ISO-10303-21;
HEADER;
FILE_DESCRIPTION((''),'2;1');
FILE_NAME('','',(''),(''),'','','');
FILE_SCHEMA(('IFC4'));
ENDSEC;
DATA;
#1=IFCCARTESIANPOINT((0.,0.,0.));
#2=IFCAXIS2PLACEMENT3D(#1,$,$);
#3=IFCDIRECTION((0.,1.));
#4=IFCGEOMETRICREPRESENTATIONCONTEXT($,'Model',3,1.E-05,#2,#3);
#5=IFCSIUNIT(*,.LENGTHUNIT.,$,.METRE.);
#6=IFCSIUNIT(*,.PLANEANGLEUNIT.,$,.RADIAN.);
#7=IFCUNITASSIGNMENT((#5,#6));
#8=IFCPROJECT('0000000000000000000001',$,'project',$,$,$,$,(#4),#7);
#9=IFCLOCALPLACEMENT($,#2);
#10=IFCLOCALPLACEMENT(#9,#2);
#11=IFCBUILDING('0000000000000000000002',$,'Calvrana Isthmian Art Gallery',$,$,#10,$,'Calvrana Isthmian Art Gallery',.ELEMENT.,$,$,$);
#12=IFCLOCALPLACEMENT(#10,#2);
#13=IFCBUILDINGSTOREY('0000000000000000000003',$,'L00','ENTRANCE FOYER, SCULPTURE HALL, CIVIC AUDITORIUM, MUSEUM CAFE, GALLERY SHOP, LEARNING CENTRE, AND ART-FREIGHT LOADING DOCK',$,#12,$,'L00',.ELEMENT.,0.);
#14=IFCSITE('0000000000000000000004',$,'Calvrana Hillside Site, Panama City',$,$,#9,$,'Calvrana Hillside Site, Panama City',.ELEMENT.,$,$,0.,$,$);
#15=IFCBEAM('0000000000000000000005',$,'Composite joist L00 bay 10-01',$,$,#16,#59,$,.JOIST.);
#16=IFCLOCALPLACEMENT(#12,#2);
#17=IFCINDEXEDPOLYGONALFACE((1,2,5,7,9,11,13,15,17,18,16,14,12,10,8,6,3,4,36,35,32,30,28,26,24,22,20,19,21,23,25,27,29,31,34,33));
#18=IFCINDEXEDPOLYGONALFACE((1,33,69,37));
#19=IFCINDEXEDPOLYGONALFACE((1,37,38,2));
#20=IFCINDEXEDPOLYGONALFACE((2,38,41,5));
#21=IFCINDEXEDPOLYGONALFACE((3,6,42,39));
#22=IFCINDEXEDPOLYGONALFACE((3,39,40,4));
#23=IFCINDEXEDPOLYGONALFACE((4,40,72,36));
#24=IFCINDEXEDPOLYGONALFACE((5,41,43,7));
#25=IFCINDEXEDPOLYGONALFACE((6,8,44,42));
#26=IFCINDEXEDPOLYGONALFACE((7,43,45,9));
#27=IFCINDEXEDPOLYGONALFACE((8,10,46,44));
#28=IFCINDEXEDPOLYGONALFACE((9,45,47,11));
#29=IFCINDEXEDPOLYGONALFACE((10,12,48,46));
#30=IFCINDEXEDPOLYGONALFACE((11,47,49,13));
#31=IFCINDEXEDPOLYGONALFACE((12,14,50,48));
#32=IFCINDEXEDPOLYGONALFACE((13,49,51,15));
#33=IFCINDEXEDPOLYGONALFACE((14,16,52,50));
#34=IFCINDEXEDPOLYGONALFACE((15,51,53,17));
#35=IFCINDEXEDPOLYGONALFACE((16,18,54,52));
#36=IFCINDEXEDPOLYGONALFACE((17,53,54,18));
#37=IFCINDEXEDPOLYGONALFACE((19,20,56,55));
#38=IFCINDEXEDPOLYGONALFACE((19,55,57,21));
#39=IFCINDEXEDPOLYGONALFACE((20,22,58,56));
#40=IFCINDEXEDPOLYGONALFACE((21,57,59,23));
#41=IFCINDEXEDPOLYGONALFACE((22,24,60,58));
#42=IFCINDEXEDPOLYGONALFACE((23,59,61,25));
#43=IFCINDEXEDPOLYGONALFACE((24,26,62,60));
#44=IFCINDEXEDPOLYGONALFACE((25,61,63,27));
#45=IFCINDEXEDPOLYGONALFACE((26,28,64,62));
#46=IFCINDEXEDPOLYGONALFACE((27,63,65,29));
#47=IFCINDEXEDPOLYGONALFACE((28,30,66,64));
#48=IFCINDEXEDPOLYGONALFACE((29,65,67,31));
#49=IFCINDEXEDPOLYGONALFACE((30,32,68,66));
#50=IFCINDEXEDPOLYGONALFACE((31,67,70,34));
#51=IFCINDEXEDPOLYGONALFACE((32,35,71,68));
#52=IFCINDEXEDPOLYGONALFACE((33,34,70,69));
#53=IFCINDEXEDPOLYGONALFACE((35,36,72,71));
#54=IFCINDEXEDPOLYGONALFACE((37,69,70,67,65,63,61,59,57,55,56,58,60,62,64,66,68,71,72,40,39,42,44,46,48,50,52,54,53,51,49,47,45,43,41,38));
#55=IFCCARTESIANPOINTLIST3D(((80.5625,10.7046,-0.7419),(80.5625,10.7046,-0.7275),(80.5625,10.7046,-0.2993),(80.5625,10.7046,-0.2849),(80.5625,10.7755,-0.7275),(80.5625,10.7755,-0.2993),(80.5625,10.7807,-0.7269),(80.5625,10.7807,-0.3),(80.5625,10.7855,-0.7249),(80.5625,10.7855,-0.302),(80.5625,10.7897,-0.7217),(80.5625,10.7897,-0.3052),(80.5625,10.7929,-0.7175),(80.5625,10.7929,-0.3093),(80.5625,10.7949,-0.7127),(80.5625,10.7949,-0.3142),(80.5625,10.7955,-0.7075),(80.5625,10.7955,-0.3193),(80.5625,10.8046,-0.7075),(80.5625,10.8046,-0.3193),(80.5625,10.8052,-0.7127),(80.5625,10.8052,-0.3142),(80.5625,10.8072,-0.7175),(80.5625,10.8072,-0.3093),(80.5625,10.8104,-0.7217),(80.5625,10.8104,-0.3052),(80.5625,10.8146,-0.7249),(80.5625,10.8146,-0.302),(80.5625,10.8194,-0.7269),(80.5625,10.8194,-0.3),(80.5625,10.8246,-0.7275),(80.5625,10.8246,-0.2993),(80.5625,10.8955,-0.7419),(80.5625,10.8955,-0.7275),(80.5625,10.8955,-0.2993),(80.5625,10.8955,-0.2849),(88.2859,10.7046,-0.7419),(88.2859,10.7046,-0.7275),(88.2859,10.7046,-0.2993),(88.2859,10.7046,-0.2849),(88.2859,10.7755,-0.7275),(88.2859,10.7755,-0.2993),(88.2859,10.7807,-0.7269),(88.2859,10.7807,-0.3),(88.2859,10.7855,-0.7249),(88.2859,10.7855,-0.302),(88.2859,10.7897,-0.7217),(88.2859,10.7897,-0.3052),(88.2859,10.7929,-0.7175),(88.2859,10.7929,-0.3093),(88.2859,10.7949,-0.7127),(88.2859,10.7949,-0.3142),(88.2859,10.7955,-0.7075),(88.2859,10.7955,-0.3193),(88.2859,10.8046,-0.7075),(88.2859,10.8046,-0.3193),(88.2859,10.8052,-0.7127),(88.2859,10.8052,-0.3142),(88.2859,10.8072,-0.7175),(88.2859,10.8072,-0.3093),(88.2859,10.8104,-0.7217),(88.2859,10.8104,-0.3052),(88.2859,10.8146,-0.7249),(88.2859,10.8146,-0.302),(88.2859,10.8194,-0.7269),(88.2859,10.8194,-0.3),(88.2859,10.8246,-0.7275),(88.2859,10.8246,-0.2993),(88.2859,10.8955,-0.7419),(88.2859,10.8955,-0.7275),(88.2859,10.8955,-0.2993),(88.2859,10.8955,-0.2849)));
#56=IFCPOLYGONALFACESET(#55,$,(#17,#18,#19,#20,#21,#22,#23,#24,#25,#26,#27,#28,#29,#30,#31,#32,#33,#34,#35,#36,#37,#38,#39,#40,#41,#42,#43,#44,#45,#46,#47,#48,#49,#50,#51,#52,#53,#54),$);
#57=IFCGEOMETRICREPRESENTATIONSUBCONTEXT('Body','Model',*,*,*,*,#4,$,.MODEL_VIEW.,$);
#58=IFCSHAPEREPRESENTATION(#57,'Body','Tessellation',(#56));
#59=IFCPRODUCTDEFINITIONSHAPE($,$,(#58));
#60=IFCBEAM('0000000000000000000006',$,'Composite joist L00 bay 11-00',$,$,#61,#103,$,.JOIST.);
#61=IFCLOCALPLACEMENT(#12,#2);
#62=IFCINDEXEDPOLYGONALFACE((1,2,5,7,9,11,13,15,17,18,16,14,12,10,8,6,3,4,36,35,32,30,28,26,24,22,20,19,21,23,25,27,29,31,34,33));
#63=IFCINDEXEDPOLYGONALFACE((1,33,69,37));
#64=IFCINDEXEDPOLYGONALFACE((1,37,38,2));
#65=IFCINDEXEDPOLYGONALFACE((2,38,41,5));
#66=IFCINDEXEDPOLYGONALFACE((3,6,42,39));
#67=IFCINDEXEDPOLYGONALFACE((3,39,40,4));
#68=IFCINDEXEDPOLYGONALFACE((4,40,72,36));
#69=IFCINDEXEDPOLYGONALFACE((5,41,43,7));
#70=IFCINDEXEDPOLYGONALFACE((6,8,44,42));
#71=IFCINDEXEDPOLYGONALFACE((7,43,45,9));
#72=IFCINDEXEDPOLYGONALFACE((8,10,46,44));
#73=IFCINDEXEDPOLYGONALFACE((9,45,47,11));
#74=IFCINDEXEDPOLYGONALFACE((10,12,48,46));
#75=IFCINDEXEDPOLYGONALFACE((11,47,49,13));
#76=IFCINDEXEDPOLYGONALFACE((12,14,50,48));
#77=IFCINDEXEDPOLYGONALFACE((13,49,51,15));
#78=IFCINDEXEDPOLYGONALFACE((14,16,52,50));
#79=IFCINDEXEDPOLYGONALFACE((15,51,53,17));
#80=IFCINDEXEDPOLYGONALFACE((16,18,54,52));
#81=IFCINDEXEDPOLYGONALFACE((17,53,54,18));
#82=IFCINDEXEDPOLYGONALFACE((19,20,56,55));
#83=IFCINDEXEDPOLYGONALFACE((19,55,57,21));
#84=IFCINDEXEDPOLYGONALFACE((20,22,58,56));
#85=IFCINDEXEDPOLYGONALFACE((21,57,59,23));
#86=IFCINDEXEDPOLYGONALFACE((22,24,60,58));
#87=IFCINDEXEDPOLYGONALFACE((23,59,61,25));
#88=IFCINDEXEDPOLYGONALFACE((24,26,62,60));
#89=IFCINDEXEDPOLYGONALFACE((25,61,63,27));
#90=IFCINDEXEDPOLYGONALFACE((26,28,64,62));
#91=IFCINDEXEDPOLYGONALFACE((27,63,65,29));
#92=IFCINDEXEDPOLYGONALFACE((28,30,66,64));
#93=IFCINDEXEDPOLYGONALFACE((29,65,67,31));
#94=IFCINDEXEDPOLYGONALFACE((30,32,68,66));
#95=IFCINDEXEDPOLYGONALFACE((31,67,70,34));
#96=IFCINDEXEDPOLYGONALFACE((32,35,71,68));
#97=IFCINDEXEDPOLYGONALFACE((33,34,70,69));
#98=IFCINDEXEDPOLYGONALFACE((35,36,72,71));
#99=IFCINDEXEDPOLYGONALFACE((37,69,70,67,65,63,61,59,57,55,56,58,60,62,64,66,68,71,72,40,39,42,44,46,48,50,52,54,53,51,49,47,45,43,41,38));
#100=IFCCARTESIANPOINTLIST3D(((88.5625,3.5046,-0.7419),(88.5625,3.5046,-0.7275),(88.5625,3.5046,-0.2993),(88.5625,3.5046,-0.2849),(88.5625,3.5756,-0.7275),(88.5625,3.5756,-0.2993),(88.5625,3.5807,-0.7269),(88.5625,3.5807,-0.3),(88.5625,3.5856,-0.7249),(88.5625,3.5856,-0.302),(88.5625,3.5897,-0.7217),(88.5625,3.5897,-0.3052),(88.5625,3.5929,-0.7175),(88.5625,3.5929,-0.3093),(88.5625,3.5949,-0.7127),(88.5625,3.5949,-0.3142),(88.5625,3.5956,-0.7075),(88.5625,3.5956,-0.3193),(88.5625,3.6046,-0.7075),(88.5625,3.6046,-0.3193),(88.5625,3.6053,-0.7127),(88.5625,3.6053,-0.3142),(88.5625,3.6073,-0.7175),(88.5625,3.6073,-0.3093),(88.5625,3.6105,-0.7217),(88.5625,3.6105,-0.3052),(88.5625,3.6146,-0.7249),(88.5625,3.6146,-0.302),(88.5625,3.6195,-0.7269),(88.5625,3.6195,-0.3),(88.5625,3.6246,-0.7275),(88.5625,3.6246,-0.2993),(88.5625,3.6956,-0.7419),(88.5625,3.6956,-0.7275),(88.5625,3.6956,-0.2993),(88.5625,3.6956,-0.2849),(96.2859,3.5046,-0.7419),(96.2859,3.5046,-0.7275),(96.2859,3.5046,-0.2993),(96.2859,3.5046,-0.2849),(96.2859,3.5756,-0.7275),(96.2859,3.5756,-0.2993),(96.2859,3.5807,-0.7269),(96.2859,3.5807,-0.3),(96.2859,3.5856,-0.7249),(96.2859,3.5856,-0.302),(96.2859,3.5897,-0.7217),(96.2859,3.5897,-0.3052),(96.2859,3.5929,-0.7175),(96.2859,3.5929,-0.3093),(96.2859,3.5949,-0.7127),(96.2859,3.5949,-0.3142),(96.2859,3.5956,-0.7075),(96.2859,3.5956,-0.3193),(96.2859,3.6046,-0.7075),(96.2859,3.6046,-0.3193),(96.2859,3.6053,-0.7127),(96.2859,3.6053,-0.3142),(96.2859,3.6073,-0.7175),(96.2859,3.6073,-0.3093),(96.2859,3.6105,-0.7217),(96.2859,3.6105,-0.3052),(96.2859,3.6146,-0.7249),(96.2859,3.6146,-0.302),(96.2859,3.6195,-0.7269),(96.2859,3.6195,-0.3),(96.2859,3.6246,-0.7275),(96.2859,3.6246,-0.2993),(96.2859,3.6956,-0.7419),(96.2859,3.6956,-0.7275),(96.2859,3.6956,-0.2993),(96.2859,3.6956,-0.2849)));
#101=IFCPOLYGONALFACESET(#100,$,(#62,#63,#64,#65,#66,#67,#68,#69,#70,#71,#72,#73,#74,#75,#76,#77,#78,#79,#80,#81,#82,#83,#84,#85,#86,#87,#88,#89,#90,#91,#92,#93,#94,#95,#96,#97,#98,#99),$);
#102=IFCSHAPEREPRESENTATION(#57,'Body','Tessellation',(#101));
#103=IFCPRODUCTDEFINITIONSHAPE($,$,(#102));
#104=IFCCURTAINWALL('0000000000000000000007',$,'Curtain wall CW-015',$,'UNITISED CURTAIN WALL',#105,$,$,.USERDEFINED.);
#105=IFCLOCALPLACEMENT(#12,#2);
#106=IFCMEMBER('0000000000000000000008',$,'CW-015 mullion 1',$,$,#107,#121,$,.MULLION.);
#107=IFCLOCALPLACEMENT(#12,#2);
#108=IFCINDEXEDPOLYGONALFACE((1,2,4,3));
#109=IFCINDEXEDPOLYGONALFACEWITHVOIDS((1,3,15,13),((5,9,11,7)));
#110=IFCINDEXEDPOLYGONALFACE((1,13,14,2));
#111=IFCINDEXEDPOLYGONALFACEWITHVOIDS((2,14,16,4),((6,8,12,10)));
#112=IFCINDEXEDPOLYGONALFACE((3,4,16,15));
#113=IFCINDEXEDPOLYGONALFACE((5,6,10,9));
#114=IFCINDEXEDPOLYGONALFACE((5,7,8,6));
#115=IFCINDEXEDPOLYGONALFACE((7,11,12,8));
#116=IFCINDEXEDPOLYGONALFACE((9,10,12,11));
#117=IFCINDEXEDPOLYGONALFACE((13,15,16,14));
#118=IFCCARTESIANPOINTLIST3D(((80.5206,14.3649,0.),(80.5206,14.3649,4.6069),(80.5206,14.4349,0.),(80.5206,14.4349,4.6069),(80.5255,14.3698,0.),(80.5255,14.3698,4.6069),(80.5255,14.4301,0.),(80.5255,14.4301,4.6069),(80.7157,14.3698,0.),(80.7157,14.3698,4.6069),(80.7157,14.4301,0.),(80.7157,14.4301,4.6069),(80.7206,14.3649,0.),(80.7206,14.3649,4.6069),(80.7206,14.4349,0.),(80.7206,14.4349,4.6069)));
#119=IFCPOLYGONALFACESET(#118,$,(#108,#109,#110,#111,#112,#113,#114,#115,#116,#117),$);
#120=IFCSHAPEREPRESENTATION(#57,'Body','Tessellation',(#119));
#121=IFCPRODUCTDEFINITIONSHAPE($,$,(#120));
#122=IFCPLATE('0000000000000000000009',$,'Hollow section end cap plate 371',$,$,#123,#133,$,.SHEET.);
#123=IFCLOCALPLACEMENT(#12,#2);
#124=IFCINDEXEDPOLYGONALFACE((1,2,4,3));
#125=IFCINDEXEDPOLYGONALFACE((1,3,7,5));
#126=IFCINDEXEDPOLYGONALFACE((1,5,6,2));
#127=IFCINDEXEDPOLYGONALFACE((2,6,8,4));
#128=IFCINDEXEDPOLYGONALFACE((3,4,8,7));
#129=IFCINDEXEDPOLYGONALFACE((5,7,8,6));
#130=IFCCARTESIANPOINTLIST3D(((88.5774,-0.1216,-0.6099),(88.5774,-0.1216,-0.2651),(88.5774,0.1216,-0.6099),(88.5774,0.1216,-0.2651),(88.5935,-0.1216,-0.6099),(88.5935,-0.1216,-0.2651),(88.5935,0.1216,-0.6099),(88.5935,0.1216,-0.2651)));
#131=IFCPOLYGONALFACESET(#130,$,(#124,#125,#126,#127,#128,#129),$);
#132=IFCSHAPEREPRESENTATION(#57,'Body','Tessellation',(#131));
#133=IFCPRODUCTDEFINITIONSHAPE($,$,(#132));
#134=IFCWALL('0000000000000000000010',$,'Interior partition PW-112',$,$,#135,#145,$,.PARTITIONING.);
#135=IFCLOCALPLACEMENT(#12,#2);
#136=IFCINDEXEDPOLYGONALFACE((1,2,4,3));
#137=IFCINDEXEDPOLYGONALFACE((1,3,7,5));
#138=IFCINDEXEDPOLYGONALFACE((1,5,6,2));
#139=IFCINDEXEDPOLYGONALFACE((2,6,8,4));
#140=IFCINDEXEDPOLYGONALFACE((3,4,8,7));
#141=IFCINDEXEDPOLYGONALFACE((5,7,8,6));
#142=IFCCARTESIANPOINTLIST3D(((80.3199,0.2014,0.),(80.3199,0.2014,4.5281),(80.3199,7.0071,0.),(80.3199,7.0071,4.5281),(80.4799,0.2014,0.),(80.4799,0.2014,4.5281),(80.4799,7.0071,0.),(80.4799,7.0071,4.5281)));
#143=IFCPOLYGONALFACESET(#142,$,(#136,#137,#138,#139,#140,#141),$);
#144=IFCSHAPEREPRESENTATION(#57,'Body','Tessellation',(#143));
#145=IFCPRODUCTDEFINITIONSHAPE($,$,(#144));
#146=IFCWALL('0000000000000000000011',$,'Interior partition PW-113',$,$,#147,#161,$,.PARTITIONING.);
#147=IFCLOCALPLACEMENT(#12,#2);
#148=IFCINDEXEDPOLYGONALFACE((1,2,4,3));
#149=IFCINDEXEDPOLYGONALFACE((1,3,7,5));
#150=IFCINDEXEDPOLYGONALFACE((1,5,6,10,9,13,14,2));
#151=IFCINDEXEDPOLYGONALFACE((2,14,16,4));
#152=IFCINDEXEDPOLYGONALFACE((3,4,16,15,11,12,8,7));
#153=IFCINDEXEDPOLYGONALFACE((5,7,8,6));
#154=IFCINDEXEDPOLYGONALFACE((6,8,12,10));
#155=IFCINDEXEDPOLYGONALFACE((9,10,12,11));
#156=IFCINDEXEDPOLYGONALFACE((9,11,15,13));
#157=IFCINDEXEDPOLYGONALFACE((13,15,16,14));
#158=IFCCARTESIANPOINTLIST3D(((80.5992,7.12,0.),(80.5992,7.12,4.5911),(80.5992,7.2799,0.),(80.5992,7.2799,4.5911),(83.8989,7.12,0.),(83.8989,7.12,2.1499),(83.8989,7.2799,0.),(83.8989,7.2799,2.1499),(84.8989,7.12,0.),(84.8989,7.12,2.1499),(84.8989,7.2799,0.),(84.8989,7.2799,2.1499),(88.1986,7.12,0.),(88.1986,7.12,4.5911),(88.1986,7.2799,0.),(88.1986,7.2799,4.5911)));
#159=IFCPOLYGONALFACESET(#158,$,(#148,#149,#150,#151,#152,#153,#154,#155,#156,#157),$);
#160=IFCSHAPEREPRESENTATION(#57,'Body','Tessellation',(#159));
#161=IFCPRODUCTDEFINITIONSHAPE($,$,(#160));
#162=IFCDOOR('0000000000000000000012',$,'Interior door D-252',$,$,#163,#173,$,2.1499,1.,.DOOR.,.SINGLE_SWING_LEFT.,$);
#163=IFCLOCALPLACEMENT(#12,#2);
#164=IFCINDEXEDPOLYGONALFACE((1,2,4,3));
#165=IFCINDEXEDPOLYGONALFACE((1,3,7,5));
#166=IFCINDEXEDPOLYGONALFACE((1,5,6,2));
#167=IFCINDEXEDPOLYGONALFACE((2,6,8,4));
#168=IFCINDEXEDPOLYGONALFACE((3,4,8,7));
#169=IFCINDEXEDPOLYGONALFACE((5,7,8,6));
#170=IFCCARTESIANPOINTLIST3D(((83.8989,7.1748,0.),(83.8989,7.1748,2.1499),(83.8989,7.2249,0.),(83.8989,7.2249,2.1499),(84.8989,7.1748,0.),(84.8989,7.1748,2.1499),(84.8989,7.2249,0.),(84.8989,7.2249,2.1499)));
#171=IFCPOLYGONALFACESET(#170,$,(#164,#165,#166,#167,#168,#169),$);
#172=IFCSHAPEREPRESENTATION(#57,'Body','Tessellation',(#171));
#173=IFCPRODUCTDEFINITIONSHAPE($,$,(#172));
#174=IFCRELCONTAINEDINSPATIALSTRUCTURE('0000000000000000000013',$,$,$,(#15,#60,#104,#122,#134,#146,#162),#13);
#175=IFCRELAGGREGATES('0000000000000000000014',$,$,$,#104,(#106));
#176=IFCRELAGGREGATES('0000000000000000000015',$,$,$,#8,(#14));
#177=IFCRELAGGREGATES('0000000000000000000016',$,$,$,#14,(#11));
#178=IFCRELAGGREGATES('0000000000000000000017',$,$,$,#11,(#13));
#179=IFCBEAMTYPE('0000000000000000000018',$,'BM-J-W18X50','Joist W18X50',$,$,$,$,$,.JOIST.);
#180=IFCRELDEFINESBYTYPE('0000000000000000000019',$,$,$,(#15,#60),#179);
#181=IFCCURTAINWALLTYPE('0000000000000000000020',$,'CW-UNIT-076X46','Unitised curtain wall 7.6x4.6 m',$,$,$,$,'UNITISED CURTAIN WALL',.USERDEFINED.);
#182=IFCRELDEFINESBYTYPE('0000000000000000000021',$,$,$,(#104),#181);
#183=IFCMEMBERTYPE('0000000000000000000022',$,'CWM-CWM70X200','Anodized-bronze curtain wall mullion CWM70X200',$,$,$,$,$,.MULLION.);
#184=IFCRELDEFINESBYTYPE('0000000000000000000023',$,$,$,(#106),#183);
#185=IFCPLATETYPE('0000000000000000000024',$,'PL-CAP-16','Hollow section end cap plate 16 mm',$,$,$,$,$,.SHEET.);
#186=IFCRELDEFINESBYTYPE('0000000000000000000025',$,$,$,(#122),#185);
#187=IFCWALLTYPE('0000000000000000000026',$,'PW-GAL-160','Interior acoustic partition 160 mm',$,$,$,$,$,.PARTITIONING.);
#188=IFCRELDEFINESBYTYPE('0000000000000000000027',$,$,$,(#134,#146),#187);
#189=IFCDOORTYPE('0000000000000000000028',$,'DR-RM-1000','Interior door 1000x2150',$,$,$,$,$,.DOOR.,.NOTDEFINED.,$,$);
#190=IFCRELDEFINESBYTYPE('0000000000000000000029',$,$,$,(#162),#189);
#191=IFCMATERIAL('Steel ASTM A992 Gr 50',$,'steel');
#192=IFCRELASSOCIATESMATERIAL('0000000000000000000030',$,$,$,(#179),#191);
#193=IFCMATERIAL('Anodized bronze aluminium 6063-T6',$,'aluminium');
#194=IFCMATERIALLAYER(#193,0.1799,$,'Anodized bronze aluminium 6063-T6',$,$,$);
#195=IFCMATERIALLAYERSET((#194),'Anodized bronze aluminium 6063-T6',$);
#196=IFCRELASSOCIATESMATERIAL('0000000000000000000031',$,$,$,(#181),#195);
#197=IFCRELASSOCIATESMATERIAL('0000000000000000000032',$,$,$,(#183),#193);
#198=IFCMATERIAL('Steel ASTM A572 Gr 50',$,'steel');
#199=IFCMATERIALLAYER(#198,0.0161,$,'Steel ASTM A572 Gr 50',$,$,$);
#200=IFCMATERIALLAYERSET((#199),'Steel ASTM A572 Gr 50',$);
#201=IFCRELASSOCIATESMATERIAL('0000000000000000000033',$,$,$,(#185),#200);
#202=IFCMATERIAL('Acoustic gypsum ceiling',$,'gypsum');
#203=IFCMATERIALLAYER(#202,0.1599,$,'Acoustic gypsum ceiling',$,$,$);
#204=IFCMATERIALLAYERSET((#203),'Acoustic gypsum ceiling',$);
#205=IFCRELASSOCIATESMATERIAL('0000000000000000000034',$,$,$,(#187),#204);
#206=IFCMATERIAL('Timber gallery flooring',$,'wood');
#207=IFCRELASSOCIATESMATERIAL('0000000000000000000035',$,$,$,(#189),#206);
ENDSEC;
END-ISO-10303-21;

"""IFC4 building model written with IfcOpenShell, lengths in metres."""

from ifc_helpers import new_model, si_unit, direction, frame, frame_2d, origin, origin_2d, place, context, subcontext, project, spatial, rectangle, hollow_rectangle, i_section, extrude, material, layer, layer_set, material_profile, profile_set, type_object, element, fill, aggregate, save


model = new_model("IFC4")

# Units and contexts
model_context = context("Model", 3, precision=1e-05, world=origin(), true_north=direction((0.0, 1.0)))
body_context = subcontext(model_context, "Body", "Model", "MODEL_VIEW")
ifc_project = project(units=[si_unit("LENGTHUNIT", "METRE"), si_unit("PLANEANGLEUNIT", "RADIAN")], contexts=[model_context])

# Site, building, storey
site_placement = place(None, origin())
site = spatial("IfcSite", under=ifc_project, at=site_placement, Name="Calvrana Hillside Site, Panama City", LongName="Calvrana Hillside Site, Panama City", CompositionType="ELEMENT", RefElevation=0.0)
building_placement = place(site_placement, origin())
building = spatial("IfcBuilding", under=site, at=building_placement, Name="Calvrana Isthmian Art Gallery", LongName="Calvrana Isthmian Art Gallery", CompositionType="ELEMENT")
storey_placement = place(building_placement, origin())
storey = spatial("IfcBuildingStorey", under=building, at=storey_placement, Name="L00", Description="ENTRANCE FOYER, SCULPTURE HALL, CIVIC AUDITORIUM, MUSEUM CAFE, GALLERY SHOP, LEARNING CENTRE, AND ART-FREIGHT LOADING DOCK", LongName="L00", CompositionType="ELEMENT", Elevation=0.0)

# Shared definitions
ifc_material_1 = material(Name="Steel ASTM A992 Gr 50", Category="steel")

# Beams
ifc_material_profile_1 = material_profile(ifc_material_1, i_section(OverallWidth=0.1909, OverallDepth=0.457, WebThickness=0.009, FlangeThickness=0.0144, FilletRadius=0.02, at=origin_2d()), Name="W18X50")
ifc_profile_set_1 = profile_set([ifc_material_profile_1], Name="Steel ASTM A992 Gr 50")
beam_type_1 = type_object("IfcBeamType", Name="BM-J-W18X50", Description="Joist W18X50", PredefinedType="JOIST", material=ifc_profile_set_1)
for number, where, z_axis, x_axis, name in (
    (1, (80.5625, 10.8, -0.5134), (1.0, 0.0, 0.0), (0.0, 1.0, 0.0), "Composite joist L00 bay 10-01"),
    (2, (88.5625, 3.6001, -0.5134), (1.0, 0.0, 0.0), (0.0, 1.0, 0.0), "Composite joist L00 bay 11-00"),
):
    element("IfcBeam", number, at=place(storey_placement, frame(where, z_axis=z_axis, x_axis=x_axis)), inside=storey, type_object=beam_type_1, Name=name, PredefinedType="JOIST", context=body_context, shape_type="SweptSolid", body=[
        extrude(i_section(OverallWidth=0.1909, OverallDepth=0.457, WebThickness=0.009, FlangeThickness=0.0144, FilletRadius=0.02, at=origin_2d()), origin(), (0.0, 0.0, 1.0), 7.7234),
    ])

# Curtain wall, member
ifc_material_2 = material(Name="Anodized bronze aluminium 6063-T6", Category="aluminium")
ifc_layer_1 = layer(ifc_material_2, 0.1799, Name="Anodized bronze aluminium 6063-T6")
ifc_layer_set_1 = layer_set([ifc_layer_1], Name="Anodized bronze aluminium 6063-T6")
curtain_wall_type = type_object("IfcCurtainWallType", Name="CW-UNIT-076X46", Description="Unitised curtain wall 7.6x4.6 m", ElementType="UNITISED CURTAIN WALL", PredefinedType="USERDEFINED", material=ifc_layer_set_1)
curtain_wall_placement = place(storey_placement, origin())
curtain_wall = element("IfcCurtainWall", 3, at=curtain_wall_placement, inside=storey, type_object=curtain_wall_type, Name="Curtain wall CW-015", ObjectType="UNITISED CURTAIN WALL", PredefinedType="USERDEFINED")
ifc_material_profile_2 = material_profile(ifc_material_2, hollow_rectangle(XDim=0.0701, YDim=0.2, WallThickness=0.0049, at=origin_2d()), Name="CWM70X200")
ifc_profile_set_2 = profile_set([ifc_material_profile_2], Name="Anodized bronze aluminium 6063-T6")
member_type = type_object("IfcMemberType", Name="CWM-CWM70X200", Description="Anodized-bronze curtain wall mullion CWM70X200", PredefinedType="MULLION", material=ifc_profile_set_2)
member_placement = place(storey_placement, frame((80.6206, 14.3999, 0.0), z_axis=(0.0, 0.0, 1.0), x_axis=(0.0, 1.0, 0.0)))
member = element("IfcMember", 4, at=member_placement, type_object=member_type, Name="CW-015 mullion 1", PredefinedType="MULLION", context=body_context, shape_type="SweptSolid", body=[
    extrude(hollow_rectangle(XDim=0.0701, YDim=0.2, WallThickness=0.0049, at=origin_2d()), origin(), (0.0, 0.0, 1.0), 4.6069),
])
aggregate(curtain_wall, [member])

# Plate
ifc_material_3 = material(Name="Steel ASTM A572 Gr 50", Category="steel")
ifc_layer_2 = layer(ifc_material_3, 0.0161, Name="Steel ASTM A572 Gr 50")
ifc_layer_set_2 = layer_set([ifc_layer_2], Name="Steel ASTM A572 Gr 50")
plate_type = type_object("IfcPlateType", Name="PL-CAP-16", Description="Hollow section end cap plate 16 mm", PredefinedType="SHEET", material=ifc_layer_set_2)
plate_placement = place(storey_placement, frame((88.5854, 0.0, -0.6099), z_axis=(0.0, 0.0, 1.0), x_axis=(1.0, 0.0, 0.0)))
element("IfcPlate", 5, at=plate_placement, inside=storey, type_object=plate_type, Name="Hollow section end cap plate 371", PredefinedType="SHEET", context=body_context, shape_type="SweptSolid", body=[
    extrude(rectangle(XDim=0.0161, YDim=0.2432, at=origin_2d()), origin(), (0.0, 0.0, 1.0), 0.3447),
])

# Wall
ifc_material_4 = material(Name="Acoustic gypsum ceiling", Category="gypsum")
ifc_layer_3 = layer(ifc_material_4, 0.1599, Name="Acoustic gypsum ceiling")
ifc_layer_set_3 = layer_set([ifc_layer_3], Name="Acoustic gypsum ceiling")
wall_type = type_object("IfcWallType", Name="PW-GAL-160", Description="Interior acoustic partition 160 mm", PredefinedType="PARTITIONING", material=ifc_layer_set_3)
wall_1_placement = place(storey_placement, frame((80.3999, 0.2014, 0.0), z_axis=(0.0, 0.0, 1.0), x_axis=(0.0, 1.0, 0.0)))
element("IfcWall", 6, at=wall_1_placement, inside=storey, type_object=wall_type, Name="Interior partition PW-112", PredefinedType="PARTITIONING", context=body_context, shape_type="SweptSolid", body=[
    extrude(rectangle(XDim=6.8057, YDim=0.1599, at=frame_2d((3.4028, 0.0))), origin(), (0.0, 0.0, 1.0), 4.5281),
])

# Wall, opening, door
wall_2_placement = place(storey_placement, frame((80.5991, 7.2, 0.0), z_axis=(0.0, 0.0, 1.0), x_axis=(1.0, 0.0, 0.0)))
wall_2 = element("IfcWall", 7, at=wall_2_placement, inside=storey, type_object=wall_type, Name="Interior partition PW-113", PredefinedType="PARTITIONING", context=body_context, shape_type="SweptSolid", body=[
    extrude(rectangle(XDim=7.5994, YDim=0.1599, at=frame_2d((3.7998, 0.0))), origin(), (0.0, 0.0, 1.0), 4.5911),
])
opening_1_placement = place(wall_2_placement, frame((3.2998, 0.0, 0.0)))
opening_1 = element("IfcOpeningElement", 8, at=opening_1_placement, cuts=wall_2, PredefinedType="OPENING", context=body_context, shape_type="SweptSolid", body=[
    extrude(rectangle(XDim=1.0, YDim=2.1499, at=frame_2d((0.5, 1.075))), frame((0.0, 0.0903, 0.0), z_axis=(0.0, -1.0, 0.0), x_axis=(1.0, 0.0, 0.0)), (0.0, 0.0, 1.0), 0.1804),
])
ifc_material_5 = material(Name="Timber gallery flooring", Category="wood")
door_type_1 = type_object("IfcDoorType", Name="DR-RM-1000", Description="Interior door 1000x2150", OperationType="NOTDEFINED", PredefinedType="DOOR", material=ifc_material_5)
door_1_placement = place(opening_1_placement, origin())
door_1 = element("IfcDoor", 9, at=door_1_placement, inside=storey, type_object=door_type_1, Name="Interior door D-252", OperationType="SINGLE_SWING_LEFT", OverallHeight=2.1499, OverallWidth=1.0, PredefinedType="DOOR", context=body_context, shape_type="SweptSolid", body=[
    extrude(rectangle(XDim=1.0, YDim=2.1499, at=frame_2d((0.5, 1.075))), frame((0.0, 0.0249, 0.0), z_axis=(0.0, -1.0, 0.0), x_axis=(1.0, 0.0, 0.0)), (0.0, 0.0, 1.0), 0.05),
])
fill(opening_1, door_1)

save(model, "model.ifc")
